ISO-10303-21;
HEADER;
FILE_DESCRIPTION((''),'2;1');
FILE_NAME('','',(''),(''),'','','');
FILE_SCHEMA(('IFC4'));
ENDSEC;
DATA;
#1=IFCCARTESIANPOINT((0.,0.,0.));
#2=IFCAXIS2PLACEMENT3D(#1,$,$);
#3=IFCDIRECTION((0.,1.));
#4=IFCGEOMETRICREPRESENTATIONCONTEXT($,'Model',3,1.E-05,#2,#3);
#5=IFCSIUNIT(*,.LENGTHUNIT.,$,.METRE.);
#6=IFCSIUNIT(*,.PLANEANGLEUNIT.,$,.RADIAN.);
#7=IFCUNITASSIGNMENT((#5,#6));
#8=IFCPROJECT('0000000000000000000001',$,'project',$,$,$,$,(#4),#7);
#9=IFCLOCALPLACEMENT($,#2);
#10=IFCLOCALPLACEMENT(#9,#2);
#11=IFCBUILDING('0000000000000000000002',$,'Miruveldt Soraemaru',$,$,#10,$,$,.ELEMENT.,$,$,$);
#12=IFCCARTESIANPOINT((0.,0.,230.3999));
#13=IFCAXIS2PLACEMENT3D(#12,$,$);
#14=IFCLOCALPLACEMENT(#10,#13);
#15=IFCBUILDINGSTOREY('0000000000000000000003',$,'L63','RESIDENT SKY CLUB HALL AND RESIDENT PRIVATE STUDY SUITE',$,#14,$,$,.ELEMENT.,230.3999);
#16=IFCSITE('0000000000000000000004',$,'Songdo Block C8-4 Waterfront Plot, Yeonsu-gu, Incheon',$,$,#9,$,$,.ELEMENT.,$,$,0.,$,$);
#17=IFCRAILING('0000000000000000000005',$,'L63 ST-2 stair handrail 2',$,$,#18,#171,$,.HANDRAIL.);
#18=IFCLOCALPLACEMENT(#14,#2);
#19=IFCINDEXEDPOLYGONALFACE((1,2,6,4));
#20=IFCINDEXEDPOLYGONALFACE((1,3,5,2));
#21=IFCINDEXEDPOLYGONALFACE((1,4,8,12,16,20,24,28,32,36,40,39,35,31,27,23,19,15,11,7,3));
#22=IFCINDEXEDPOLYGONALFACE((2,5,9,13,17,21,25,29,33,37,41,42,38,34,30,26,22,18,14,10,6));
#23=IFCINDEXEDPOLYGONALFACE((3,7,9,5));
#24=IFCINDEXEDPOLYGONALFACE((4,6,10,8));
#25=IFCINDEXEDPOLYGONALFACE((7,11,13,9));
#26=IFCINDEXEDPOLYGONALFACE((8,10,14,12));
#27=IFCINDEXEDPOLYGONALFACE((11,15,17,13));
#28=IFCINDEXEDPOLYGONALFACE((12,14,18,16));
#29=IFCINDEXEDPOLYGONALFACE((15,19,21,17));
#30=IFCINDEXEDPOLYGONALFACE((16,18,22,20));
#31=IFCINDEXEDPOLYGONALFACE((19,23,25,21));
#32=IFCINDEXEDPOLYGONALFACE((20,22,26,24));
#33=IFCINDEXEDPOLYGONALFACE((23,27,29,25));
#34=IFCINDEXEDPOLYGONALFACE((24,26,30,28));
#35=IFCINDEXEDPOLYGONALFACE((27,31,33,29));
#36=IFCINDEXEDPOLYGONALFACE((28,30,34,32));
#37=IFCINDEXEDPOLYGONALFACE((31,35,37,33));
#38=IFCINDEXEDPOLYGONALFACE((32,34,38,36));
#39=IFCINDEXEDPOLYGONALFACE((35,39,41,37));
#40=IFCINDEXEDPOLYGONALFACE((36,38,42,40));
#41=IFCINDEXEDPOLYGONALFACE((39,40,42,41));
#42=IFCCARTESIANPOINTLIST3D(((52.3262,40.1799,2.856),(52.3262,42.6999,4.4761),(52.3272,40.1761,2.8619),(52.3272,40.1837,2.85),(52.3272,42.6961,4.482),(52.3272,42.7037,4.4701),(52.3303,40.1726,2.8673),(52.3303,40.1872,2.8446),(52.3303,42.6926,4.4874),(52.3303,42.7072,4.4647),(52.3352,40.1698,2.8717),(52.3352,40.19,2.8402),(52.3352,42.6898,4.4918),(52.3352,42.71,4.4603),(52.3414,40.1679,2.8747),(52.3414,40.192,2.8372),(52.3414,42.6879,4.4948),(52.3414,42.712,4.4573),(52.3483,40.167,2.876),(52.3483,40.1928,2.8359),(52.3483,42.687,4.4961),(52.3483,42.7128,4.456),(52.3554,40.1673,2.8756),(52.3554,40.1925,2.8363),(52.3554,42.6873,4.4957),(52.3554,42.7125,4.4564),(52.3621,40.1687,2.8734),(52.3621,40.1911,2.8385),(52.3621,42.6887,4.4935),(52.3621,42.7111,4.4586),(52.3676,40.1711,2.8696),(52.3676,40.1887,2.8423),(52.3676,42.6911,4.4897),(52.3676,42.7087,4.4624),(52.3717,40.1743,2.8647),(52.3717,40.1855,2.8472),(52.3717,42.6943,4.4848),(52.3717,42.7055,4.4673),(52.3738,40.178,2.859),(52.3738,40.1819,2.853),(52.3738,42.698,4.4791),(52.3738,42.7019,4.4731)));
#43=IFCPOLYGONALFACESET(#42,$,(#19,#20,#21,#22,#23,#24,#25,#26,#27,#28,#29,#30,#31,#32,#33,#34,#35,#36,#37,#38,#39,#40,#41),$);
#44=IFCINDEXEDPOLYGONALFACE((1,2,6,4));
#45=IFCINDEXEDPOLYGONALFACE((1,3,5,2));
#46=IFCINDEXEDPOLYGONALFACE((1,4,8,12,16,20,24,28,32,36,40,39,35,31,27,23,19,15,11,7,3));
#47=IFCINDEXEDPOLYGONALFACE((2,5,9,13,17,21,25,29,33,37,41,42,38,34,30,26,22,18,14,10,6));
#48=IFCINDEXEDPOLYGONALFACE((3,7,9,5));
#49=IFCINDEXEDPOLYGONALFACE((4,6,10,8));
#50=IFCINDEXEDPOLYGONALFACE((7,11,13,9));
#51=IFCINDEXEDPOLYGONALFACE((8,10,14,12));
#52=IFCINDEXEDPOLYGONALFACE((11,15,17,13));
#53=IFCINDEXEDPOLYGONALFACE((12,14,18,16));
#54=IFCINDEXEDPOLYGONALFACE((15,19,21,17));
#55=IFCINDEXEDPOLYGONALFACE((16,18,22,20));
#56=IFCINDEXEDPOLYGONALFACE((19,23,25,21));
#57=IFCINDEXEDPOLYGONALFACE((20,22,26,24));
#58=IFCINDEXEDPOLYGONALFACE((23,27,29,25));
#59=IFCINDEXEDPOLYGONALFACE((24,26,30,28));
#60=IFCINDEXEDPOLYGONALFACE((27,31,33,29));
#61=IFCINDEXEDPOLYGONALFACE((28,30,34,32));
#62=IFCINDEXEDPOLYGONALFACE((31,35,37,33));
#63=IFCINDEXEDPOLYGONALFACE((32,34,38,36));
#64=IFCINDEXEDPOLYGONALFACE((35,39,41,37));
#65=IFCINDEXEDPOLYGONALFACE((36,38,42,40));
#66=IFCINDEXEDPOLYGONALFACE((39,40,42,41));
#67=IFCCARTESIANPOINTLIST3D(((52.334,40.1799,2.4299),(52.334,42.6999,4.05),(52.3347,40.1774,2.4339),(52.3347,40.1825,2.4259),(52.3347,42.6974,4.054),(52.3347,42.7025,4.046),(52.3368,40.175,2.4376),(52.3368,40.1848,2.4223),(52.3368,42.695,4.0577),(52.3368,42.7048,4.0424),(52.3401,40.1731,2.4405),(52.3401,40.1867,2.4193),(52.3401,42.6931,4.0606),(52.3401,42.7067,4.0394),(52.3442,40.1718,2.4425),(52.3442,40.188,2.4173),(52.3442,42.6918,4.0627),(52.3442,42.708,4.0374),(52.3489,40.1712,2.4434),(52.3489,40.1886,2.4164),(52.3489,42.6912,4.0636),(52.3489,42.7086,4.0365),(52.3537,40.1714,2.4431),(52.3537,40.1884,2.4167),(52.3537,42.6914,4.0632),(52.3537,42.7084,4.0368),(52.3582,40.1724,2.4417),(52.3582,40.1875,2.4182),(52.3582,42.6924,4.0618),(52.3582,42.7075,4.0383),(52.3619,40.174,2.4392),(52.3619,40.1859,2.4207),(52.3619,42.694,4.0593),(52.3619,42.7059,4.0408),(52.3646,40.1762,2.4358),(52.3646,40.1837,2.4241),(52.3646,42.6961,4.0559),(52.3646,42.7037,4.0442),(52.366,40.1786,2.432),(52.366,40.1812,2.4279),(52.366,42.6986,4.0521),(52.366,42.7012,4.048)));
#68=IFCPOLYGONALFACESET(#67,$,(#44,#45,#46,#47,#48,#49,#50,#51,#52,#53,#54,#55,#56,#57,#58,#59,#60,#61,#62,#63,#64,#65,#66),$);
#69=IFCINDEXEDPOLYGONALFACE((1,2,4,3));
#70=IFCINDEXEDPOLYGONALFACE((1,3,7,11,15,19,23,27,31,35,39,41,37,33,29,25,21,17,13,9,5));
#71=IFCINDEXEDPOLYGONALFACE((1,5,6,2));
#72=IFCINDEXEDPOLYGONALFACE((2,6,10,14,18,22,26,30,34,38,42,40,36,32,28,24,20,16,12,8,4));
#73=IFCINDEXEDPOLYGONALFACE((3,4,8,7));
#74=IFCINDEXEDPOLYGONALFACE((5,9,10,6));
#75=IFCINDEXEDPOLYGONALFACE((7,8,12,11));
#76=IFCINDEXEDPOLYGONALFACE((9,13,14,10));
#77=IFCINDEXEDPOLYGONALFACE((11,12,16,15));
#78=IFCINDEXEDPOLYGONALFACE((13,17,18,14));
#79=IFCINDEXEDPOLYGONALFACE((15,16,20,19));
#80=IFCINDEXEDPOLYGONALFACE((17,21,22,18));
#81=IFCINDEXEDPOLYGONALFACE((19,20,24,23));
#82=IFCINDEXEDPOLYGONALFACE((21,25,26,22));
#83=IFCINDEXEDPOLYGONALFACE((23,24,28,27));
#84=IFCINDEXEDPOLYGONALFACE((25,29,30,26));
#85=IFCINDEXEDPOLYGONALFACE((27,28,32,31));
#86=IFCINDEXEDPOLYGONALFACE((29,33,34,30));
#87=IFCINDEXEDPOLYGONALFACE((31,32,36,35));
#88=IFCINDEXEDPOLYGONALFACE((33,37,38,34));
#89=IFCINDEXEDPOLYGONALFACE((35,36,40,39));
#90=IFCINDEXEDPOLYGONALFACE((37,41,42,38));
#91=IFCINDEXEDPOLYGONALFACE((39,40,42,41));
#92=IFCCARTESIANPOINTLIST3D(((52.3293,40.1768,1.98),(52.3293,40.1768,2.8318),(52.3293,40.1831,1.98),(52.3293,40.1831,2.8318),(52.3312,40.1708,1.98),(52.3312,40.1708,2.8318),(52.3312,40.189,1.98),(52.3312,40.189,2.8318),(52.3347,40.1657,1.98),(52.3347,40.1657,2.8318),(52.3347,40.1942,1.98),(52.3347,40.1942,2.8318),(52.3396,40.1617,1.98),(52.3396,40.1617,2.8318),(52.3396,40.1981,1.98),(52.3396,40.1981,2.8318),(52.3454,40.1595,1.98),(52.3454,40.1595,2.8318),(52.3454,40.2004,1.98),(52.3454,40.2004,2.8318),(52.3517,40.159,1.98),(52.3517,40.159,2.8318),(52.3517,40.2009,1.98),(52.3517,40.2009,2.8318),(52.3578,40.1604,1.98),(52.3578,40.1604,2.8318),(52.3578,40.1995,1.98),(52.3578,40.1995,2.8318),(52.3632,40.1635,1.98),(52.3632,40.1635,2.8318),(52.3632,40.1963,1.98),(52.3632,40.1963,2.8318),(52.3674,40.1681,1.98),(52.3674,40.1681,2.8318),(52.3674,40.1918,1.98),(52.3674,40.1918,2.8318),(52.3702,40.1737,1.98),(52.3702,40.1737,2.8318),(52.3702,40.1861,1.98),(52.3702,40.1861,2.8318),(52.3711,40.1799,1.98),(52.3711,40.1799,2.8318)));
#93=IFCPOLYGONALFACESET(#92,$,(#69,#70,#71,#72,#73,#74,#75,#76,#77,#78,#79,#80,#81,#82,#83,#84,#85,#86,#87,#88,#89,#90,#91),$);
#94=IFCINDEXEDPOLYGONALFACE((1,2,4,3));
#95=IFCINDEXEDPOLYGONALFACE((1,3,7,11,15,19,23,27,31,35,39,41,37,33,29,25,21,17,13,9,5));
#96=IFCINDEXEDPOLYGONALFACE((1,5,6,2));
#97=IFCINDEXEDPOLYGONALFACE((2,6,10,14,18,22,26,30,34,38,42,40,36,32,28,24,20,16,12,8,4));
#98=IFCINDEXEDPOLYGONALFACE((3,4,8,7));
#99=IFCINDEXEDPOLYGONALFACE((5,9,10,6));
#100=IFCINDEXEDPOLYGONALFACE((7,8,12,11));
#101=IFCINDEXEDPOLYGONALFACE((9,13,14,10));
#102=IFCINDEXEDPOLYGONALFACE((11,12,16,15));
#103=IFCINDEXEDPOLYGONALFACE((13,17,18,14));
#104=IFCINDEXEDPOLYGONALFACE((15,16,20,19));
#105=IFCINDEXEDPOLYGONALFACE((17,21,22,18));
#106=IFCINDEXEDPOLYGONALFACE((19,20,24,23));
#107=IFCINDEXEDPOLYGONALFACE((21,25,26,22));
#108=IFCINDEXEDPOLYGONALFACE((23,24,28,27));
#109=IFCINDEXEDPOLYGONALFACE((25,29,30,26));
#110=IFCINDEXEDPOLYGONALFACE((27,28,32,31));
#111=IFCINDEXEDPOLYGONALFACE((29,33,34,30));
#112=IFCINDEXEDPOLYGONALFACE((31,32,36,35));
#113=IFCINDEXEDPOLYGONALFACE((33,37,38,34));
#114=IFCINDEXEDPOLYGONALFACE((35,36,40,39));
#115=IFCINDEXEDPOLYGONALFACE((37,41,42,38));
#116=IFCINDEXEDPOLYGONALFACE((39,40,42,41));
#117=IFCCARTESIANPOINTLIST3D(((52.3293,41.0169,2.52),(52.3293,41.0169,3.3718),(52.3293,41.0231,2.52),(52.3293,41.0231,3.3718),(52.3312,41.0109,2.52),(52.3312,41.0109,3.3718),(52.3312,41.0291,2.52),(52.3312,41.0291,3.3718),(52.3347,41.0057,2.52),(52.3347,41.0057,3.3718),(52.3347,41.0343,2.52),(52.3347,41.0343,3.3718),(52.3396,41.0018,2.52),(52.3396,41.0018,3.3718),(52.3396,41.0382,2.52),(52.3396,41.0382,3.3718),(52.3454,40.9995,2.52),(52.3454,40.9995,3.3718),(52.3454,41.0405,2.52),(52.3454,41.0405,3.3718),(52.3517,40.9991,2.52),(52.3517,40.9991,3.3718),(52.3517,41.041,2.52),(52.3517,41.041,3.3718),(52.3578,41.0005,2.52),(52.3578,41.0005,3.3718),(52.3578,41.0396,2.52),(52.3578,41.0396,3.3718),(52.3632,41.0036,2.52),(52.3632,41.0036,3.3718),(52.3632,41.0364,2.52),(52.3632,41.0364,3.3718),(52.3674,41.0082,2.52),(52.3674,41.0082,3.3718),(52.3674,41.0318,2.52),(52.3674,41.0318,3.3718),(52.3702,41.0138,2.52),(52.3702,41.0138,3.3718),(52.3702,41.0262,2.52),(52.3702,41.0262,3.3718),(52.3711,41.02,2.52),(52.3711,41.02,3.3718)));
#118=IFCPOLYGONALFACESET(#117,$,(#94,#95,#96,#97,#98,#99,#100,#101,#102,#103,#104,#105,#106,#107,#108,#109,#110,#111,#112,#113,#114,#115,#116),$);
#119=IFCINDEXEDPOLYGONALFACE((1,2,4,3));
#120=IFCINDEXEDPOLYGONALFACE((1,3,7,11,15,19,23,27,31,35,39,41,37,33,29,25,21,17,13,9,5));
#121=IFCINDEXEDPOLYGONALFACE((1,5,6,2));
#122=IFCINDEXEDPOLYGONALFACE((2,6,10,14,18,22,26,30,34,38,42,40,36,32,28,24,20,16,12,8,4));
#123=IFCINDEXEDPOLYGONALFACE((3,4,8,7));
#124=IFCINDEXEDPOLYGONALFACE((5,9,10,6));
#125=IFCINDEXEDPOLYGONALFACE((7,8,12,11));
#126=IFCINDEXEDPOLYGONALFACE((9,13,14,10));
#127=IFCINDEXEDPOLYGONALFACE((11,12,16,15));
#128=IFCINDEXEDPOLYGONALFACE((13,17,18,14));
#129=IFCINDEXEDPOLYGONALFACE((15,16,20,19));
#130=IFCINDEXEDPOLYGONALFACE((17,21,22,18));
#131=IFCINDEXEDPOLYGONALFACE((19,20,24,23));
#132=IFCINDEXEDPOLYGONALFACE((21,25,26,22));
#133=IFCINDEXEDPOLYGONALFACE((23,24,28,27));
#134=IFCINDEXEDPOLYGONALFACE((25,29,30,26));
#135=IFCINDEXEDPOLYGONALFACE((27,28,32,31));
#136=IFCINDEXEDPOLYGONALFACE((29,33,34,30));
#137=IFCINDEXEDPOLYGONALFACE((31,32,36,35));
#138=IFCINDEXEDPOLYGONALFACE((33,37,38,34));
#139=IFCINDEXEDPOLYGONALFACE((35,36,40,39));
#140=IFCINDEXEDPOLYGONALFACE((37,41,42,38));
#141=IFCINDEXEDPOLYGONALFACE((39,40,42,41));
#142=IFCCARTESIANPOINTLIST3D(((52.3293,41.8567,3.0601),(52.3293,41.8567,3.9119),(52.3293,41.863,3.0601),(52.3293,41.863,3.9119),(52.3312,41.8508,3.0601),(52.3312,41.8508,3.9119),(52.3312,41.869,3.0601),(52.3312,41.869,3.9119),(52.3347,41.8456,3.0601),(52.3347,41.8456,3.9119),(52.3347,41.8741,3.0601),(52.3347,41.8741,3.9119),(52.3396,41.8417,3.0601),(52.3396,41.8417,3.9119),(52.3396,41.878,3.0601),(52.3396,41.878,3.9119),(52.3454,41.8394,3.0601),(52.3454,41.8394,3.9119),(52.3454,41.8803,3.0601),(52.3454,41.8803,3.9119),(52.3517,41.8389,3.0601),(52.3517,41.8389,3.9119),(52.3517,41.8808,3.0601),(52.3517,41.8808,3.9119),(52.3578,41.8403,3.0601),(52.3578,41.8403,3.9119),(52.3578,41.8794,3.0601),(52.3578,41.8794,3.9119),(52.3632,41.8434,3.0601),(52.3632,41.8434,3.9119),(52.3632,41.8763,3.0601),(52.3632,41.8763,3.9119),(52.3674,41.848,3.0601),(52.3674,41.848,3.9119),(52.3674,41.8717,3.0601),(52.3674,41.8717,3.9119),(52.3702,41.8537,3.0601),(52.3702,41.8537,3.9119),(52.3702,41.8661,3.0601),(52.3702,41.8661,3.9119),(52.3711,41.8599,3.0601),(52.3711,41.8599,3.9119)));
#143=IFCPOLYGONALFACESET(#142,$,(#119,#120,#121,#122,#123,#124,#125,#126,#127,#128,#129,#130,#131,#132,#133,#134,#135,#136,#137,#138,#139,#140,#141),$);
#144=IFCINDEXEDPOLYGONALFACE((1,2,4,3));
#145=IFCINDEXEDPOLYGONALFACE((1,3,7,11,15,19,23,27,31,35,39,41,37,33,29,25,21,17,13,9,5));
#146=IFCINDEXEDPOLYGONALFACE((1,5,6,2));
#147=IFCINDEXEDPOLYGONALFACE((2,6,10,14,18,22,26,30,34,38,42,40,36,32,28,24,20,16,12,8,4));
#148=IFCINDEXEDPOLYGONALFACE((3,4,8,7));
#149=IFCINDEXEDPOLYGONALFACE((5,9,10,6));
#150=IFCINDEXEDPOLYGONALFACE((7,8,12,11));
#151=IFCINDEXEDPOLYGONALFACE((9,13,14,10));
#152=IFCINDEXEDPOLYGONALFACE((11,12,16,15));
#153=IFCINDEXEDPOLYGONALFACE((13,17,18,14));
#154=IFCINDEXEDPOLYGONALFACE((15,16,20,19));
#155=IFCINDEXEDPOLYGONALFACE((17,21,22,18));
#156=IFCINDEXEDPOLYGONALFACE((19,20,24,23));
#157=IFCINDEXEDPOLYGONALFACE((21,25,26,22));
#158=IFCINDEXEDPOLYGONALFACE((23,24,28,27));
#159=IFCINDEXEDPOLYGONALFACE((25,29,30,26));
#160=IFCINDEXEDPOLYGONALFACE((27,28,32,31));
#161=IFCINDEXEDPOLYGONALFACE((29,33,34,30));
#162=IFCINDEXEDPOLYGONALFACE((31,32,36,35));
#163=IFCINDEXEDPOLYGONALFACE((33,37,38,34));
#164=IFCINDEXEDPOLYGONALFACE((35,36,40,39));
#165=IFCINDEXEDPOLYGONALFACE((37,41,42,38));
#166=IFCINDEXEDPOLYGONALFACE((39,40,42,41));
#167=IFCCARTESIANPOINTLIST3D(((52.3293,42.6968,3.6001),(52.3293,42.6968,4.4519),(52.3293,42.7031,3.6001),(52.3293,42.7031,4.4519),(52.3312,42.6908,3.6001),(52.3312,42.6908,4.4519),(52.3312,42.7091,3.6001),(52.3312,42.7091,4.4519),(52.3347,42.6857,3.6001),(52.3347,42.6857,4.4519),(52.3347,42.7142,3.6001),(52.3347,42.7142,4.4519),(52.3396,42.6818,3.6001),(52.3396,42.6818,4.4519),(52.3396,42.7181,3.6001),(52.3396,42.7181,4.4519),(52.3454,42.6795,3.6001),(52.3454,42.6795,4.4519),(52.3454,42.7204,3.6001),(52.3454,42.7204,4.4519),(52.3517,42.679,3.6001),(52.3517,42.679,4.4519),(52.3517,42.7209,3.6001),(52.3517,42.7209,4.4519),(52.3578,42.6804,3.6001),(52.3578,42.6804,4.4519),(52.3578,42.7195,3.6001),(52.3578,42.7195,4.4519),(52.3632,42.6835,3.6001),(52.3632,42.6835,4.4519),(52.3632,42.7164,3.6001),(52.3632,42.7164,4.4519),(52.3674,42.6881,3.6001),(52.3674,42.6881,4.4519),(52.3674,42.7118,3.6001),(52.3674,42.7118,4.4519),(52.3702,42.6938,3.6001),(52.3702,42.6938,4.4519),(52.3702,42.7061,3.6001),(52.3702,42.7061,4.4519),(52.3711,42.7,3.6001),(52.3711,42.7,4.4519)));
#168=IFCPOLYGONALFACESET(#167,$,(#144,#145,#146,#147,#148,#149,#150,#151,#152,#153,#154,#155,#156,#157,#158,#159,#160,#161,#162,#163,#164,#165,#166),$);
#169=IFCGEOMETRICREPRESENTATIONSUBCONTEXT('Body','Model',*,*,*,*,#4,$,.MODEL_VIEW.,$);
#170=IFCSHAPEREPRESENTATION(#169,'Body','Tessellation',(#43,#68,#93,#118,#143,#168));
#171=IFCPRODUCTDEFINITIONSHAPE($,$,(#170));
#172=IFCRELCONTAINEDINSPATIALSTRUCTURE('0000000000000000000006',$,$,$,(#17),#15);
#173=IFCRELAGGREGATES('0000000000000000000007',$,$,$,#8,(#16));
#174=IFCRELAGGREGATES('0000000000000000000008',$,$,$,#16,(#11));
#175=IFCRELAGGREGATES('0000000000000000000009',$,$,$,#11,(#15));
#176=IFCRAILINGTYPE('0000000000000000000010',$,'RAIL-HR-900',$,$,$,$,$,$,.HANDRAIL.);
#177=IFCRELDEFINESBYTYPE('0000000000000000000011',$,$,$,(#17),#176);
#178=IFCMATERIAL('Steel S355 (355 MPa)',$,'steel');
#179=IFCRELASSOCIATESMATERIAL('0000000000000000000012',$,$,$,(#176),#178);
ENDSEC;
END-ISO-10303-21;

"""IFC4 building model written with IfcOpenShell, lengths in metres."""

from ifc_helpers import new_model, si_unit, direction, frame, origin, origin_2d, place, context, subcontext, project, spatial, circle, extrude, material, type_object, element, save


model = new_model("IFC4")

# Units and contexts
model_context = context("Model", 3, precision=1e-05, world=origin(), true_north=direction((0.0, 1.0)))
body_context = subcontext(model_context, "Body", "Model", "MODEL_VIEW")
ifc_project = project(units=[si_unit("LENGTHUNIT", "METRE"), si_unit("PLANEANGLEUNIT", "RADIAN")], contexts=[model_context])

# Site, building, storey
site_placement = place(None, origin())
site = spatial("IfcSite", under=ifc_project, at=site_placement, Name="Songdo Block C8-4 Waterfront Plot, Yeonsu-gu, Incheon", CompositionType="ELEMENT", RefElevation=0.0)
building_placement = place(site_placement, origin())
building = spatial("IfcBuilding", under=site, at=building_placement, Name="Miruveldt Soraemaru", CompositionType="ELEMENT")
storey_placement = place(building_placement, frame((0.0, 0.0, 230.3999)))
storey = spatial("IfcBuildingStorey", under=building, at=storey_placement, Name="L63", Description="RESIDENT SKY CLUB HALL AND RESIDENT PRIVATE STUDY SUITE", CompositionType="ELEMENT", Elevation=230.3999)

# Railing
ifc_material_1 = material(Name="Steel S355 (355 MPa)", Category="steel")
railing_type_1 = type_object("IfcRailingType", Name="RAIL-HR-900", PredefinedType="HANDRAIL", material=ifc_material_1)
railing_1_placement = place(storey_placement, frame((52.3501, 40.1799, 1.98)))
element("IfcRailing", 1, at=railing_1_placement, inside=storey, type_object=railing_type_1, Name="L63 ST-2 stair handrail 2", PredefinedType="HANDRAIL", context=body_context, shape_type="SweptSolid", body=[
    extrude(circle(Radius=0.0239, at=origin_2d()), frame((0.0, 0.0, 0.876), z_axis=(0.0, 0.841163, 0.540782), x_axis=(-1.0, 0.0, 0.0)), (0.0, 0.0, 1.0), 2.9958),
    extrude(circle(Radius=0.0161, at=origin_2d()), frame((0.0, 0.0, 0.45), z_axis=(0.0, 0.841163, 0.540782), x_axis=(-1.0, 0.0, 0.0)), (0.0, 0.0, 1.0), 2.9958),
    extrude(circle(Radius=0.021, at=origin_2d()), origin(), (0.0, 0.0, 1.0), 0.8518),
    extrude(circle(Radius=0.021, at=origin_2d()), frame((0.0, 0.8401, 0.54)), (0.0, 0.0, 1.0), 0.8518),
    extrude(circle(Radius=0.021, at=origin_2d()), frame((0.0, 1.6799, 1.0801)), (0.0, 0.0, 1.0), 0.8518),
    extrude(circle(Radius=0.021, at=origin_2d()), frame((0.0, 2.52, 1.6201)), (0.0, 0.0, 1.0), 0.8518),
])

save(model, "model.ifc")
